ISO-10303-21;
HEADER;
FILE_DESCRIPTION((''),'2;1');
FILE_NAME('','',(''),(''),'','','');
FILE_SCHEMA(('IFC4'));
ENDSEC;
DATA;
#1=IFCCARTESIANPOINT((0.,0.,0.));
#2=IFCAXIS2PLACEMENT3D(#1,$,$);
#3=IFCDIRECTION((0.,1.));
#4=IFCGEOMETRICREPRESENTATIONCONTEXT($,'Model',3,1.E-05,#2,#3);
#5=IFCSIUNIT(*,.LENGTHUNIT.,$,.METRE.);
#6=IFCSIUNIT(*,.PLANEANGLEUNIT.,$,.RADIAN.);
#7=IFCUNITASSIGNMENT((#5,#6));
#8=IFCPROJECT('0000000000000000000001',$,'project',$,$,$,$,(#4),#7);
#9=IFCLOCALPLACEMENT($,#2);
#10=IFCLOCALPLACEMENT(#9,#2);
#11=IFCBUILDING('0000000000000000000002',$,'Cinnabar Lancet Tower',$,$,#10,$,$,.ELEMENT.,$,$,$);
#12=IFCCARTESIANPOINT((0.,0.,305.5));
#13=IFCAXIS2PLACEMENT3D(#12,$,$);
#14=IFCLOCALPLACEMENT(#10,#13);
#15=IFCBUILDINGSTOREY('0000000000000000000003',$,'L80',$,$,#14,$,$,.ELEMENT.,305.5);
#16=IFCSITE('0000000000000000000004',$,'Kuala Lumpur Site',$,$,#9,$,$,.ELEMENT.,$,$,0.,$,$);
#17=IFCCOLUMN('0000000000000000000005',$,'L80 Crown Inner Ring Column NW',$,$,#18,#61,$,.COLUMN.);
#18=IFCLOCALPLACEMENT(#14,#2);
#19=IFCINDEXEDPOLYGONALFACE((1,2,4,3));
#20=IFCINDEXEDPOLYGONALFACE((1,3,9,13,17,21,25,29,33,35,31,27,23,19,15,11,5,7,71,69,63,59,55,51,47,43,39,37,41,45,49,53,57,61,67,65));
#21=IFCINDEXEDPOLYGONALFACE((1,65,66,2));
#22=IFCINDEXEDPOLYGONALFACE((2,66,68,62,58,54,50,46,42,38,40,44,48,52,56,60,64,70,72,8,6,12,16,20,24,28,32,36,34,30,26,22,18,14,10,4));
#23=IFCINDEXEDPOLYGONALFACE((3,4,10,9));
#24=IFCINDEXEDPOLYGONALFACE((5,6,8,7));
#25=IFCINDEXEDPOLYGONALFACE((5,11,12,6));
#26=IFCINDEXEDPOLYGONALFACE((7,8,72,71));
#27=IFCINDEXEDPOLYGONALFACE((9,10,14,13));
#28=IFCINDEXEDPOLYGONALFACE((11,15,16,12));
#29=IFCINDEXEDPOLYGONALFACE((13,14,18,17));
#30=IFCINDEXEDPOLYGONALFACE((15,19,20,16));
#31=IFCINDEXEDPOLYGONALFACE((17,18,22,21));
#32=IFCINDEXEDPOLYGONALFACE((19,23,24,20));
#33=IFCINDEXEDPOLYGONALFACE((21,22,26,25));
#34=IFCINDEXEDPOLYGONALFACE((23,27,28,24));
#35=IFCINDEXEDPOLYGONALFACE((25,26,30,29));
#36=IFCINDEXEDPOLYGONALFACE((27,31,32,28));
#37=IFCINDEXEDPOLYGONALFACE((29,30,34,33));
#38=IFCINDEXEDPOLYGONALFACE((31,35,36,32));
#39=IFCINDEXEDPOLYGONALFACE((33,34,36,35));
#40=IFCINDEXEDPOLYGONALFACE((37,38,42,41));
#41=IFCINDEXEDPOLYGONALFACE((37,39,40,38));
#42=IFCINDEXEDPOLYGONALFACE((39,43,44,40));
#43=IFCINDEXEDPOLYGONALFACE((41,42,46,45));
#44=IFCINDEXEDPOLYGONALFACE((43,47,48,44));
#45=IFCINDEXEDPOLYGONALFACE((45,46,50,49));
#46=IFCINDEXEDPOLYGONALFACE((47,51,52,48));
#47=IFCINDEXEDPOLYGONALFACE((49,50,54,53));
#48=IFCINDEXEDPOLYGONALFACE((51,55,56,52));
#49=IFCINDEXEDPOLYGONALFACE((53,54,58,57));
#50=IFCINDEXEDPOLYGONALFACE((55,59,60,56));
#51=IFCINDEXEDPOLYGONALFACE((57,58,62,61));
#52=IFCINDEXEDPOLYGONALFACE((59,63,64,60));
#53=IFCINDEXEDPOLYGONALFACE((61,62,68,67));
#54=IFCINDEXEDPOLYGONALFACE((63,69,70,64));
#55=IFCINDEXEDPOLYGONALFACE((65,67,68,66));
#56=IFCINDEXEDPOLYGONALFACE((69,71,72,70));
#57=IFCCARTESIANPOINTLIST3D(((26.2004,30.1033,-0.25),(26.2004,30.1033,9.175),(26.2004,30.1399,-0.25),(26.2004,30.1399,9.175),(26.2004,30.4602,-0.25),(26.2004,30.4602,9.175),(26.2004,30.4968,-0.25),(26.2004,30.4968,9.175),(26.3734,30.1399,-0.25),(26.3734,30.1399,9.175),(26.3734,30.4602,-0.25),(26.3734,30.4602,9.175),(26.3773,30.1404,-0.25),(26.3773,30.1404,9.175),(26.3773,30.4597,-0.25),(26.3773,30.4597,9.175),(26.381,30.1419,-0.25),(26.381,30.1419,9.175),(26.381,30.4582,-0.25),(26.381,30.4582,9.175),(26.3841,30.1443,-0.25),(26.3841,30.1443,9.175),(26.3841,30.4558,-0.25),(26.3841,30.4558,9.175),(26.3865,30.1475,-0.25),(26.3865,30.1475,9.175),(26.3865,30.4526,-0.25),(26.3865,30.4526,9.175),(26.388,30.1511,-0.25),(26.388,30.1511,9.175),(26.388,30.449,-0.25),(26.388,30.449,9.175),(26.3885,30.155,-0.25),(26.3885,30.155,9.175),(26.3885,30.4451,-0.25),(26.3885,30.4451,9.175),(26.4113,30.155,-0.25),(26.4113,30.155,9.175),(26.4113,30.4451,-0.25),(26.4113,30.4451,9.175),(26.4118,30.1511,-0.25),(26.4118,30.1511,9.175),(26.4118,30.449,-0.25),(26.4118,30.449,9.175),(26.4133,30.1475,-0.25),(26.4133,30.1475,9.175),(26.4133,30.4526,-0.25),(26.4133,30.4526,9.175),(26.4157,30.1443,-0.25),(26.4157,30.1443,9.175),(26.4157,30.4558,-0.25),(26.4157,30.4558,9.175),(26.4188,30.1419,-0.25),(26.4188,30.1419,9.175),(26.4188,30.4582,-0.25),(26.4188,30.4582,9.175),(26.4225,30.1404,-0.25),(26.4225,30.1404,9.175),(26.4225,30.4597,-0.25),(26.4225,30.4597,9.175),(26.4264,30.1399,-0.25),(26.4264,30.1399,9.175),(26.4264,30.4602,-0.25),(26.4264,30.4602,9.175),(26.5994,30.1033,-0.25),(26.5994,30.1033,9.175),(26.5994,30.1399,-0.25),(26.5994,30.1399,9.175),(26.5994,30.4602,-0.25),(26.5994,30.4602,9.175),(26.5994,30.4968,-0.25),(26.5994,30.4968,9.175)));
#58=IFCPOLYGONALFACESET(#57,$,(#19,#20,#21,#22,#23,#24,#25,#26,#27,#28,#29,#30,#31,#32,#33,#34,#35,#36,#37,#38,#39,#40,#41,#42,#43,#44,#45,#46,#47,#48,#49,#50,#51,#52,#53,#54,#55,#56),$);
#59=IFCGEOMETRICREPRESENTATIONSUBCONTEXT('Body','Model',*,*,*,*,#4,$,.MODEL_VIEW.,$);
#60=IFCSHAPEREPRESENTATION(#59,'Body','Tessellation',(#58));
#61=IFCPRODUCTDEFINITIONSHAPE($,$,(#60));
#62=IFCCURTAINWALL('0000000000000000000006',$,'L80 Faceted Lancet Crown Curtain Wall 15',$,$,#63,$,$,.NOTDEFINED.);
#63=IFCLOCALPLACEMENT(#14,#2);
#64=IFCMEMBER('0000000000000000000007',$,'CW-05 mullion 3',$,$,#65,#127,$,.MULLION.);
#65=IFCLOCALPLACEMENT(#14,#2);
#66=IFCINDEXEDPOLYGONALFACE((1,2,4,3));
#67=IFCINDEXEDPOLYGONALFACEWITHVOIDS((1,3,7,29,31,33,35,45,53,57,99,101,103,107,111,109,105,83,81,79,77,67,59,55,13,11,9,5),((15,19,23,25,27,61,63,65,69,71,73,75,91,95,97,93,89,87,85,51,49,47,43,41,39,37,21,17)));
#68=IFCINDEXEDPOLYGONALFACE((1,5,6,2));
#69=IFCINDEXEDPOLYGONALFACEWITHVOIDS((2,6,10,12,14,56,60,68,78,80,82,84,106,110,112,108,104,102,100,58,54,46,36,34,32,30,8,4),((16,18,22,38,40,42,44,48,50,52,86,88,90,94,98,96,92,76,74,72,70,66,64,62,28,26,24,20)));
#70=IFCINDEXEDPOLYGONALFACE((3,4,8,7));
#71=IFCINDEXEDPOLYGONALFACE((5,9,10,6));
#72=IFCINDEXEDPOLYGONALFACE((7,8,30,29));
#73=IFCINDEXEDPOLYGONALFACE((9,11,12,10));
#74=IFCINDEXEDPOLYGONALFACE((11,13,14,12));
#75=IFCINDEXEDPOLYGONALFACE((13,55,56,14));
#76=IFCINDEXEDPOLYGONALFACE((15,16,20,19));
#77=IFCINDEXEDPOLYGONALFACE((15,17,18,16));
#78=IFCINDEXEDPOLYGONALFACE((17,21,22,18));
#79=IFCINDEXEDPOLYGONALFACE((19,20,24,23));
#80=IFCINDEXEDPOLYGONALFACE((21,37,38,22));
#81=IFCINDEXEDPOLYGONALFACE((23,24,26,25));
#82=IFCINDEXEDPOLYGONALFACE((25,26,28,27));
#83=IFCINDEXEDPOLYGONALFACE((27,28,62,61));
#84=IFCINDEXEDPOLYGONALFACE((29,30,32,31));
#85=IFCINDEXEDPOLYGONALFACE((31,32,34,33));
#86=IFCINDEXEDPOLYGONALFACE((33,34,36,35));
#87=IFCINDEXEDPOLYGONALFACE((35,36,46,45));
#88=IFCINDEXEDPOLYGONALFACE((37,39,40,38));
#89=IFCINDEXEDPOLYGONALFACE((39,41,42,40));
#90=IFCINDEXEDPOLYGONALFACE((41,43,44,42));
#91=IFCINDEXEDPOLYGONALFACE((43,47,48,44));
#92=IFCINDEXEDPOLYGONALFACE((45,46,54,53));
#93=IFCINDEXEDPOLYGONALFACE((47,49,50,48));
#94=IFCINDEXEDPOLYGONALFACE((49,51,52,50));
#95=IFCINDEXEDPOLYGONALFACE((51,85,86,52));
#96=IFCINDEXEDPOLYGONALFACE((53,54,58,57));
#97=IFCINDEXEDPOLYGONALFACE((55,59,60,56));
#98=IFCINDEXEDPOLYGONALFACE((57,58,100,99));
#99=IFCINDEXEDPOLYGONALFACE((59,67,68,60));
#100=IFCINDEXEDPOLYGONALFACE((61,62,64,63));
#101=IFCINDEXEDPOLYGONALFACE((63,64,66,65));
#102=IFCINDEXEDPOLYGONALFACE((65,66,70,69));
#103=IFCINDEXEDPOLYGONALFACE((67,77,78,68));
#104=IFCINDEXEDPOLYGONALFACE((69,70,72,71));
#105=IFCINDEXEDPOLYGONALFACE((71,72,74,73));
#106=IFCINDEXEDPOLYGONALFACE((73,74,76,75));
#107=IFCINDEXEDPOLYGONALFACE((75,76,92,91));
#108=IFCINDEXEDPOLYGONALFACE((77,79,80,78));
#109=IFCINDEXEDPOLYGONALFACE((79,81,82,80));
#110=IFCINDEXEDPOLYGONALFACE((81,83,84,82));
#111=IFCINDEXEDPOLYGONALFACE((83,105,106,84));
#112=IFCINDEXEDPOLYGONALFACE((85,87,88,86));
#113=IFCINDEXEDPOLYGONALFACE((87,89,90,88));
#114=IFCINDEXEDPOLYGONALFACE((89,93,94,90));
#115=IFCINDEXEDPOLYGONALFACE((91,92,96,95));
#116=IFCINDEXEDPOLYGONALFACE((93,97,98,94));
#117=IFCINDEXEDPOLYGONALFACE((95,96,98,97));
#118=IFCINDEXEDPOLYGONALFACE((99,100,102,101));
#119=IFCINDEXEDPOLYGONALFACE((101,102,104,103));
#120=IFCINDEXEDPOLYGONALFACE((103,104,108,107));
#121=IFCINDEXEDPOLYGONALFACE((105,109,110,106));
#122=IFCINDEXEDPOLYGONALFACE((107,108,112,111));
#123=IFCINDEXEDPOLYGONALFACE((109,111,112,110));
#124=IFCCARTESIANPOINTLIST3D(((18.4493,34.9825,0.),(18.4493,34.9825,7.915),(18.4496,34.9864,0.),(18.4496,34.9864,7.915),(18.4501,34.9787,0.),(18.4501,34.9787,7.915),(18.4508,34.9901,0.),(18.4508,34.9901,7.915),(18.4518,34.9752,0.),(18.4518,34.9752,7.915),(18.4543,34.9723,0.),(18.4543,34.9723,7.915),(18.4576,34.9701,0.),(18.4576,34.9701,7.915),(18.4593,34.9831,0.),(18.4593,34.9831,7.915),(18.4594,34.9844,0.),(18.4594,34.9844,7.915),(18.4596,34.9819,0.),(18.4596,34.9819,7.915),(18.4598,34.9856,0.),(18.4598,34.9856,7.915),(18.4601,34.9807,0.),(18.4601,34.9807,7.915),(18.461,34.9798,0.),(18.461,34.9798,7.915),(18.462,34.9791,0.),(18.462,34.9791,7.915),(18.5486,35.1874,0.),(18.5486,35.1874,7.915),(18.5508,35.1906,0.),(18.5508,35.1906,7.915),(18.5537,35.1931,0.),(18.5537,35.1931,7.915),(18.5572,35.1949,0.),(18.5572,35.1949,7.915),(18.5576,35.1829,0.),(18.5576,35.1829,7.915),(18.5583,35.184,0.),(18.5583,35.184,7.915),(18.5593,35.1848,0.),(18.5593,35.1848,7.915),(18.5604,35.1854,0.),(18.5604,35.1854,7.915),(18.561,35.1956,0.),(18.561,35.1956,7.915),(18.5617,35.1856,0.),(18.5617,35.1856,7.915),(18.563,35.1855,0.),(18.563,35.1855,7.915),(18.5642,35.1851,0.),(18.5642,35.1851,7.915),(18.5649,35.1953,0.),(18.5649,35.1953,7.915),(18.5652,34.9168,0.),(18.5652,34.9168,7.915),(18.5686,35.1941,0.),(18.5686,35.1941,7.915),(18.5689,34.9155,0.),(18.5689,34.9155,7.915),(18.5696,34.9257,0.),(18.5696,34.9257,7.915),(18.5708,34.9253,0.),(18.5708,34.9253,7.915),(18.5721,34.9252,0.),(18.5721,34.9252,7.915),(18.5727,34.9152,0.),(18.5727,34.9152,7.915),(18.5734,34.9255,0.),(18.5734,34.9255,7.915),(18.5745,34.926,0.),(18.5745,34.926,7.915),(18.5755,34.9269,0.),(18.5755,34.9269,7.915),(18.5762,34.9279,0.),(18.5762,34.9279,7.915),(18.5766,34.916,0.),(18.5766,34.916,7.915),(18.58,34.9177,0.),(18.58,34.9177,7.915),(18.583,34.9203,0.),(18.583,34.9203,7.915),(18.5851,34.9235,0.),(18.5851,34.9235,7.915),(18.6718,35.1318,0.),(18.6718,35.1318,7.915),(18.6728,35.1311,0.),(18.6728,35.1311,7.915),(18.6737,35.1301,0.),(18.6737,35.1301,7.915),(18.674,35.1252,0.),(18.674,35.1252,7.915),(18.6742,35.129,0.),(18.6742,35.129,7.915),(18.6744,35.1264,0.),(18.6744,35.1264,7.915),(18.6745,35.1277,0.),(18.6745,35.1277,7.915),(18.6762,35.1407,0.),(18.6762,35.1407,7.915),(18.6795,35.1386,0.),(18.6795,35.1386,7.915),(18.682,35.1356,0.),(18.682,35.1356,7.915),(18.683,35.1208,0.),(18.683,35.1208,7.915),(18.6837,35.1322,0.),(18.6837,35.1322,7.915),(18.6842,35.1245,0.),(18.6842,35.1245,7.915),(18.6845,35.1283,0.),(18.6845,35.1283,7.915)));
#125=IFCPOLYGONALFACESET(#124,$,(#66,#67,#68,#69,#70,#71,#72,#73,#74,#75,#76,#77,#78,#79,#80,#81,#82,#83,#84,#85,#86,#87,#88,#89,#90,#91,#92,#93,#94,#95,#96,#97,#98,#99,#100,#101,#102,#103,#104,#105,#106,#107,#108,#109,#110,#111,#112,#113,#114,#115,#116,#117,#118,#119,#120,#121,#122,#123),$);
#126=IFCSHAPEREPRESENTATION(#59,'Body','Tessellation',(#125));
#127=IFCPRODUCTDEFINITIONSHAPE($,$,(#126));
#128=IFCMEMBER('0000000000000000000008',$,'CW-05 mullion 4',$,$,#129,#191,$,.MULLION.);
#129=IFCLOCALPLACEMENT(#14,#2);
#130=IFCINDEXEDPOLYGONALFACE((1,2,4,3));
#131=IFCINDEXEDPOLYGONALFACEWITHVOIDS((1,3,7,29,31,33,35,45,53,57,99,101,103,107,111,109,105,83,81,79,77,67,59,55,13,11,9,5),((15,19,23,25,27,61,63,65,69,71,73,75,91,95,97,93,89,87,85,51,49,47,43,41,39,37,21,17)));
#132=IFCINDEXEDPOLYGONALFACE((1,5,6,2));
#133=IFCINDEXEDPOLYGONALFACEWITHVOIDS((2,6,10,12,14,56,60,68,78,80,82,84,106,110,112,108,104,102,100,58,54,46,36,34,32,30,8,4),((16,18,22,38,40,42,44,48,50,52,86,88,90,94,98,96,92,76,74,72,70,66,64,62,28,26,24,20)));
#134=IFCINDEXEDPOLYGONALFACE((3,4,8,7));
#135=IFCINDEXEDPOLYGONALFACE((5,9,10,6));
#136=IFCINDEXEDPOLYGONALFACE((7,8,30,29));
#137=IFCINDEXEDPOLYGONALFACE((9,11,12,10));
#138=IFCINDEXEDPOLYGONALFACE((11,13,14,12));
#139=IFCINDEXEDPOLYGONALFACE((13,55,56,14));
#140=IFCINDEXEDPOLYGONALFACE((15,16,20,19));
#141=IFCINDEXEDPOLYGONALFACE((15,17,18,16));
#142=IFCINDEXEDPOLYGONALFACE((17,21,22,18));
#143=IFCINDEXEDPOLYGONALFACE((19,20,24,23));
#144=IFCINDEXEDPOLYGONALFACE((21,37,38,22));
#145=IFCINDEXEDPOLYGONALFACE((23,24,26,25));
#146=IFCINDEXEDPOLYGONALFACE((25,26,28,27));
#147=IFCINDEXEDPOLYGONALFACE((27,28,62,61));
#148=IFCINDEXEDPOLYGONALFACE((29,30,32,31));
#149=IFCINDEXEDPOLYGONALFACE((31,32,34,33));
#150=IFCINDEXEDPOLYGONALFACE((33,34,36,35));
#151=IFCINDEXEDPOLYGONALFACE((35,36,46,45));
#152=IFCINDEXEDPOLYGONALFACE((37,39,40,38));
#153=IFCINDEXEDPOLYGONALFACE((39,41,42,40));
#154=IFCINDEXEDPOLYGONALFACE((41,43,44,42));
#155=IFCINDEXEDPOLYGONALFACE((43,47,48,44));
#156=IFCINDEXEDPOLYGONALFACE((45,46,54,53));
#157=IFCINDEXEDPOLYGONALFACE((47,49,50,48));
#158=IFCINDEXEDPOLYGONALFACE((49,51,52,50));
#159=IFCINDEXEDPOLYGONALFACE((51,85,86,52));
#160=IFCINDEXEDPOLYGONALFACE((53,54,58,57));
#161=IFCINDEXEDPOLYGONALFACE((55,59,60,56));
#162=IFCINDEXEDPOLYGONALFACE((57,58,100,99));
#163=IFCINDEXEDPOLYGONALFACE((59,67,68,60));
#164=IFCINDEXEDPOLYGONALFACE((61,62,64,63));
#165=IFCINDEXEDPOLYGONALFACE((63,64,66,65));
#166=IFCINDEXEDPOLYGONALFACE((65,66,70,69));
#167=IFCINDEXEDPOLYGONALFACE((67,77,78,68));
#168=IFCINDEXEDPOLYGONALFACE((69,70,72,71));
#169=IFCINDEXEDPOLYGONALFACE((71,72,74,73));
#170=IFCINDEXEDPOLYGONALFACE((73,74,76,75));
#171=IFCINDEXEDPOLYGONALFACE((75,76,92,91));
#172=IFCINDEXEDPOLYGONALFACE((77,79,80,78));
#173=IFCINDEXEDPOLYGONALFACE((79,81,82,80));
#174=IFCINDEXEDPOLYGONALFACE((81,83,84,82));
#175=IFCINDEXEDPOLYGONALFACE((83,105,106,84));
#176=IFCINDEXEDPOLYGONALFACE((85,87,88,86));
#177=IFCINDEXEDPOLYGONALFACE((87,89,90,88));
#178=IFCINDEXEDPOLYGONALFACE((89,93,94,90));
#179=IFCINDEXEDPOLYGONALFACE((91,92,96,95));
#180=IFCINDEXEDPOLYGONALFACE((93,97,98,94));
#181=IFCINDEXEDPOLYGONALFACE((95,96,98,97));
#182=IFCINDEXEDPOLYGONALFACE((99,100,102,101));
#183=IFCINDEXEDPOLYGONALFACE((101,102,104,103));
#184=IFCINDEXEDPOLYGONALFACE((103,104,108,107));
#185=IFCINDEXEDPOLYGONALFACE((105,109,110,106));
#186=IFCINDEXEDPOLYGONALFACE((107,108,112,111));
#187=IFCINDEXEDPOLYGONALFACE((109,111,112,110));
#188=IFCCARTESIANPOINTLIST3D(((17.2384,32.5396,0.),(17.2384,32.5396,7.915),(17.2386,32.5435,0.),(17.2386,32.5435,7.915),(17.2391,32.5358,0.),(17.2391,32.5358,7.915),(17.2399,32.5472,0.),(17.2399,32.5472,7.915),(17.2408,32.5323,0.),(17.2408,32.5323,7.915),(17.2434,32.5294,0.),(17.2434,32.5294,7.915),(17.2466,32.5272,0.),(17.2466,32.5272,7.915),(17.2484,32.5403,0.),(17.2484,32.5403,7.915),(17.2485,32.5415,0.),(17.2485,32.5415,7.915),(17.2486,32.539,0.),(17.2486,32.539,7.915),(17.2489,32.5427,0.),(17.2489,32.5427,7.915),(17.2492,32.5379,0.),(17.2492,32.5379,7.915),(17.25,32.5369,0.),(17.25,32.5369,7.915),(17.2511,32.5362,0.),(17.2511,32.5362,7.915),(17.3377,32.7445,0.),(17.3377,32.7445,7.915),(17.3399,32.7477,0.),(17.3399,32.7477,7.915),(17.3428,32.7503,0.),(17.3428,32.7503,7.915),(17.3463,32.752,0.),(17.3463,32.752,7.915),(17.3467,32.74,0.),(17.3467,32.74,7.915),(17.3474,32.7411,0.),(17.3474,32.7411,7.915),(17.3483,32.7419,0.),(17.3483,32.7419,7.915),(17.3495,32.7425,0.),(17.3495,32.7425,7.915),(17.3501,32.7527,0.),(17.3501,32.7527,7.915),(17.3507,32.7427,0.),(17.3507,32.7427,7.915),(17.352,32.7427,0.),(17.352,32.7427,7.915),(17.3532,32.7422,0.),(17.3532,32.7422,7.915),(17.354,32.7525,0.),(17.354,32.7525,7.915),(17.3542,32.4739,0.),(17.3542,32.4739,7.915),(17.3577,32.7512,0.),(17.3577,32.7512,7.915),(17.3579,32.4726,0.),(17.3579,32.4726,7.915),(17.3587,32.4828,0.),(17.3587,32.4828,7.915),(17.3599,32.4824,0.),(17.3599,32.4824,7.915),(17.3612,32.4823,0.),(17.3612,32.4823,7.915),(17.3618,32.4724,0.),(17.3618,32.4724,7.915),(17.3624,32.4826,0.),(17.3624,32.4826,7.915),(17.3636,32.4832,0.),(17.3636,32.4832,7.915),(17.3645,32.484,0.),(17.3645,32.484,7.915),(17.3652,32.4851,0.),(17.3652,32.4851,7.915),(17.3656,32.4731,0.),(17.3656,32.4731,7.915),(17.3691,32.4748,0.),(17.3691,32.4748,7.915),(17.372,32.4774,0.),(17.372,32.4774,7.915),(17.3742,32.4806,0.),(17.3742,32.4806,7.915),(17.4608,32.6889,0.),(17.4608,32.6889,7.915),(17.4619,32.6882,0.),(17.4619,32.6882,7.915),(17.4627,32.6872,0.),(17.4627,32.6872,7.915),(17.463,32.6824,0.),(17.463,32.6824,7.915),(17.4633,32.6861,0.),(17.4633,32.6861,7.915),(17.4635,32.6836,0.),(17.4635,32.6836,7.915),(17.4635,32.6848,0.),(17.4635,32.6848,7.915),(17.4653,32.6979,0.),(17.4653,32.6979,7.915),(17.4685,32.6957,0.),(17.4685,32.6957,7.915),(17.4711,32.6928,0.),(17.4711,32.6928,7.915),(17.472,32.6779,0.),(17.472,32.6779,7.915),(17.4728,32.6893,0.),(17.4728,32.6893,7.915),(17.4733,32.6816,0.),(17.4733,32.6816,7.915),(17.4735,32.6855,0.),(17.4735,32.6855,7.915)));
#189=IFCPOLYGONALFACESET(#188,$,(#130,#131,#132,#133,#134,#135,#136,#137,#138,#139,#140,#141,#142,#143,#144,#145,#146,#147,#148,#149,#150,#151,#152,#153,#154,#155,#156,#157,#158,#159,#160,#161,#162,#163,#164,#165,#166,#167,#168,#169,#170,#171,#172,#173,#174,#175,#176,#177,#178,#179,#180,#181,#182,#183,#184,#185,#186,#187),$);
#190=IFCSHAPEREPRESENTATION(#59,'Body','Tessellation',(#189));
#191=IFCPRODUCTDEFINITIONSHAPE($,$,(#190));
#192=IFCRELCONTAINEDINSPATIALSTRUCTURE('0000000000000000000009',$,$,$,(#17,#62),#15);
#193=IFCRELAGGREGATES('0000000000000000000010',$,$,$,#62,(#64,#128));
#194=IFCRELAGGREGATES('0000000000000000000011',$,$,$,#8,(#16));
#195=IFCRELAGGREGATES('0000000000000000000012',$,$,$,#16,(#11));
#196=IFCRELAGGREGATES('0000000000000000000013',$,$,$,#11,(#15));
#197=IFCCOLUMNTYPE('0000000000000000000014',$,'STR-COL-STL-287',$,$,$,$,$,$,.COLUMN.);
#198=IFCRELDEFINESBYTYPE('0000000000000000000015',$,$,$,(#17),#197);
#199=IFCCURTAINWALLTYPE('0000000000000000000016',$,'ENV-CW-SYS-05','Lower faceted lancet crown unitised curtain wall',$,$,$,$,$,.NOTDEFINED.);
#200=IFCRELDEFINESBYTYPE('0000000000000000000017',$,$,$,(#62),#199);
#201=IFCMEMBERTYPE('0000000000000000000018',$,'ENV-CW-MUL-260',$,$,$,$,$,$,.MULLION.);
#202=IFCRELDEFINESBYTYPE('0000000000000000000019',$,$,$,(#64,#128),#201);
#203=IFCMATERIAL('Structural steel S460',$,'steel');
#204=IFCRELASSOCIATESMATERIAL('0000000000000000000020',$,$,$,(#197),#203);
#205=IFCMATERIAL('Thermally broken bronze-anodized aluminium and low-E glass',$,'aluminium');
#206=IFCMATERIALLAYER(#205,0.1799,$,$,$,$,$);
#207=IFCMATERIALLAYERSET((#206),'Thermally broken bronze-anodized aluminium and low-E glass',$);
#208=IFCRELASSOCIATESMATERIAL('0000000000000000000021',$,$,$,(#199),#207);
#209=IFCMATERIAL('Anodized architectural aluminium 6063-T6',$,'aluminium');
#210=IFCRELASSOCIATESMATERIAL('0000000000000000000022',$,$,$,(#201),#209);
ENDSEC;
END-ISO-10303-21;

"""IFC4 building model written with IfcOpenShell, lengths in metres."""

from ifc_helpers import new_model, si_unit, direction, frame, origin, origin_2d, place, context, subcontext, project, spatial, hollow_rectangle, i_section, extrude, material, layer, layer_set, material_profile, profile_set, type_object, element, aggregate, save


model = new_model("IFC4")

# Units and contexts
model_context = context("Model", 3, precision=1e-05, world=origin(), true_north=direction((0.0, 1.0)))
body_context = subcontext(model_context, "Body", "Model", "MODEL_VIEW")
ifc_project = project(units=[si_unit("LENGTHUNIT", "METRE"), si_unit("PLANEANGLEUNIT", "RADIAN")], contexts=[model_context])

# Site, building, storey
site_placement = place(None, origin())
site = spatial("IfcSite", under=ifc_project, at=site_placement, Name="Kuala Lumpur Site", CompositionType="ELEMENT", RefElevation=0.0)
building_placement = place(site_placement, origin())
building = spatial("IfcBuilding", under=site, at=building_placement, Name="Cinnabar Lancet Tower", CompositionType="ELEMENT")
storey_placement = place(building_placement, frame((0.0, 0.0, 305.5)))
storey = spatial("IfcBuildingStorey", under=building, at=storey_placement, Name="L80", CompositionType="ELEMENT", Elevation=305.5)

# Column
ifc_material_1 = material(Name="Structural steel S460", Category="steel")
ifc_material_profile_1 = material_profile(ifc_material_1, i_section(OverallWidth=0.3989, OverallDepth=0.3936, WebThickness=0.0227, FlangeThickness=0.0366, FilletRadius=0.0151, at=origin_2d()), Name="UKC 356x406x287")
ifc_profile_set_1 = profile_set([ifc_material_profile_1], Name="Structural steel S460")
column_type = type_object("IfcColumnType", Name="STR-COL-STL-287", PredefinedType="COLUMN", material=ifc_profile_set_1)
column_placement = place(storey_placement, frame((26.3999, 30.3, -0.25), z_axis=(0.0, 0.0, 1.0), x_axis=(1.0, 0.0, 0.0)))
element("IfcColumn", 1, at=column_placement, inside=storey, type_object=column_type, Name="L80 Crown Inner Ring Column NW", PredefinedType="COLUMN", context=body_context, shape_type="SweptSolid", body=[
    extrude(i_section(OverallWidth=0.3989, OverallDepth=0.3936, WebThickness=0.0227, FlangeThickness=0.0366, FilletRadius=0.0151, at=origin_2d()), origin(), (0.0, 0.0, 1.0), 9.425),
])

# Curtain wall, members
ifc_material_2 = material(Name="Thermally broken bronze-anodized aluminium and low-E glass", Category="aluminium")
ifc_layer_1 = layer(ifc_material_2, 0.1799)
ifc_layer_set_1 = layer_set([ifc_layer_1], Name="Thermally broken bronze-anodized aluminium and low-E glass")
curtain_wall_type = type_object("IfcCurtainWallType", Name="ENV-CW-SYS-05", Description="Lower faceted lancet crown unitised curtain wall", PredefinedType="NOTDEFINED", material=ifc_layer_set_1)
curtain_wall_placement = place(storey_placement, origin())
curtain_wall = element("IfcCurtainWall", 2, at=curtain_wall_placement, inside=storey, type_object=curtain_wall_type, Name="L80 Faceted Lancet Crown Curtain Wall 15", PredefinedType="NOTDEFINED")
ifc_material_3 = material(Name="Anodized architectural aluminium 6063-T6", Category="aluminium")
ifc_material_profile_2 = material_profile(ifc_material_3, hollow_rectangle(XDim=0.1499, YDim=0.25, WallThickness=0.01, InnerFilletRadius=0.0049, OuterFilletRadius=0.0149, at=origin_2d()), Name="RHS 250x150x10")
ifc_profile_set_2 = profile_set([ifc_material_profile_2], Name="Anodized architectural aluminium 6063-T6")
member_type_1 = type_object("IfcMemberType", Name="ENV-CW-MUL-260", PredefinedType="MULLION", material=ifc_profile_set_2)
member_1_placement = place(storey_placement, frame((18.5669, 35.0554, 0.0), z_axis=(0.0, 0.0, 1.0), x_axis=(0.895948, -0.444159, 0.0)))
member_1 = element("IfcMember", 3, at=member_1_placement, type_object=member_type_1, Name="CW-05 mullion 3", PredefinedType="MULLION", context=body_context, shape_type="SweptSolid", body=[
    extrude(hollow_rectangle(XDim=0.1499, YDim=0.25, WallThickness=0.01, InnerFilletRadius=0.0049, OuterFilletRadius=0.0149, at=origin_2d()), origin(), (0.0, 0.0, 1.0), 7.915),
])
member_2_placement = place(storey_placement, frame((17.356, 32.6125, 0.0), z_axis=(0.0, 0.0, 1.0), x_axis=(0.895948, -0.444159, 0.0)))
member_2 = element("IfcMember", 4, at=member_2_placement, type_object=member_type_1, Name="CW-05 mullion 4", PredefinedType="MULLION", context=body_context, shape_type="SweptSolid", body=[
    extrude(hollow_rectangle(XDim=0.1499, YDim=0.25, WallThickness=0.01, InnerFilletRadius=0.0049, OuterFilletRadius=0.0149, at=origin_2d()), origin(), (0.0, 0.0, 1.0), 7.915),
])

aggregate(curtain_wall, [member_1, member_2])

save(model, "model.ifc")
